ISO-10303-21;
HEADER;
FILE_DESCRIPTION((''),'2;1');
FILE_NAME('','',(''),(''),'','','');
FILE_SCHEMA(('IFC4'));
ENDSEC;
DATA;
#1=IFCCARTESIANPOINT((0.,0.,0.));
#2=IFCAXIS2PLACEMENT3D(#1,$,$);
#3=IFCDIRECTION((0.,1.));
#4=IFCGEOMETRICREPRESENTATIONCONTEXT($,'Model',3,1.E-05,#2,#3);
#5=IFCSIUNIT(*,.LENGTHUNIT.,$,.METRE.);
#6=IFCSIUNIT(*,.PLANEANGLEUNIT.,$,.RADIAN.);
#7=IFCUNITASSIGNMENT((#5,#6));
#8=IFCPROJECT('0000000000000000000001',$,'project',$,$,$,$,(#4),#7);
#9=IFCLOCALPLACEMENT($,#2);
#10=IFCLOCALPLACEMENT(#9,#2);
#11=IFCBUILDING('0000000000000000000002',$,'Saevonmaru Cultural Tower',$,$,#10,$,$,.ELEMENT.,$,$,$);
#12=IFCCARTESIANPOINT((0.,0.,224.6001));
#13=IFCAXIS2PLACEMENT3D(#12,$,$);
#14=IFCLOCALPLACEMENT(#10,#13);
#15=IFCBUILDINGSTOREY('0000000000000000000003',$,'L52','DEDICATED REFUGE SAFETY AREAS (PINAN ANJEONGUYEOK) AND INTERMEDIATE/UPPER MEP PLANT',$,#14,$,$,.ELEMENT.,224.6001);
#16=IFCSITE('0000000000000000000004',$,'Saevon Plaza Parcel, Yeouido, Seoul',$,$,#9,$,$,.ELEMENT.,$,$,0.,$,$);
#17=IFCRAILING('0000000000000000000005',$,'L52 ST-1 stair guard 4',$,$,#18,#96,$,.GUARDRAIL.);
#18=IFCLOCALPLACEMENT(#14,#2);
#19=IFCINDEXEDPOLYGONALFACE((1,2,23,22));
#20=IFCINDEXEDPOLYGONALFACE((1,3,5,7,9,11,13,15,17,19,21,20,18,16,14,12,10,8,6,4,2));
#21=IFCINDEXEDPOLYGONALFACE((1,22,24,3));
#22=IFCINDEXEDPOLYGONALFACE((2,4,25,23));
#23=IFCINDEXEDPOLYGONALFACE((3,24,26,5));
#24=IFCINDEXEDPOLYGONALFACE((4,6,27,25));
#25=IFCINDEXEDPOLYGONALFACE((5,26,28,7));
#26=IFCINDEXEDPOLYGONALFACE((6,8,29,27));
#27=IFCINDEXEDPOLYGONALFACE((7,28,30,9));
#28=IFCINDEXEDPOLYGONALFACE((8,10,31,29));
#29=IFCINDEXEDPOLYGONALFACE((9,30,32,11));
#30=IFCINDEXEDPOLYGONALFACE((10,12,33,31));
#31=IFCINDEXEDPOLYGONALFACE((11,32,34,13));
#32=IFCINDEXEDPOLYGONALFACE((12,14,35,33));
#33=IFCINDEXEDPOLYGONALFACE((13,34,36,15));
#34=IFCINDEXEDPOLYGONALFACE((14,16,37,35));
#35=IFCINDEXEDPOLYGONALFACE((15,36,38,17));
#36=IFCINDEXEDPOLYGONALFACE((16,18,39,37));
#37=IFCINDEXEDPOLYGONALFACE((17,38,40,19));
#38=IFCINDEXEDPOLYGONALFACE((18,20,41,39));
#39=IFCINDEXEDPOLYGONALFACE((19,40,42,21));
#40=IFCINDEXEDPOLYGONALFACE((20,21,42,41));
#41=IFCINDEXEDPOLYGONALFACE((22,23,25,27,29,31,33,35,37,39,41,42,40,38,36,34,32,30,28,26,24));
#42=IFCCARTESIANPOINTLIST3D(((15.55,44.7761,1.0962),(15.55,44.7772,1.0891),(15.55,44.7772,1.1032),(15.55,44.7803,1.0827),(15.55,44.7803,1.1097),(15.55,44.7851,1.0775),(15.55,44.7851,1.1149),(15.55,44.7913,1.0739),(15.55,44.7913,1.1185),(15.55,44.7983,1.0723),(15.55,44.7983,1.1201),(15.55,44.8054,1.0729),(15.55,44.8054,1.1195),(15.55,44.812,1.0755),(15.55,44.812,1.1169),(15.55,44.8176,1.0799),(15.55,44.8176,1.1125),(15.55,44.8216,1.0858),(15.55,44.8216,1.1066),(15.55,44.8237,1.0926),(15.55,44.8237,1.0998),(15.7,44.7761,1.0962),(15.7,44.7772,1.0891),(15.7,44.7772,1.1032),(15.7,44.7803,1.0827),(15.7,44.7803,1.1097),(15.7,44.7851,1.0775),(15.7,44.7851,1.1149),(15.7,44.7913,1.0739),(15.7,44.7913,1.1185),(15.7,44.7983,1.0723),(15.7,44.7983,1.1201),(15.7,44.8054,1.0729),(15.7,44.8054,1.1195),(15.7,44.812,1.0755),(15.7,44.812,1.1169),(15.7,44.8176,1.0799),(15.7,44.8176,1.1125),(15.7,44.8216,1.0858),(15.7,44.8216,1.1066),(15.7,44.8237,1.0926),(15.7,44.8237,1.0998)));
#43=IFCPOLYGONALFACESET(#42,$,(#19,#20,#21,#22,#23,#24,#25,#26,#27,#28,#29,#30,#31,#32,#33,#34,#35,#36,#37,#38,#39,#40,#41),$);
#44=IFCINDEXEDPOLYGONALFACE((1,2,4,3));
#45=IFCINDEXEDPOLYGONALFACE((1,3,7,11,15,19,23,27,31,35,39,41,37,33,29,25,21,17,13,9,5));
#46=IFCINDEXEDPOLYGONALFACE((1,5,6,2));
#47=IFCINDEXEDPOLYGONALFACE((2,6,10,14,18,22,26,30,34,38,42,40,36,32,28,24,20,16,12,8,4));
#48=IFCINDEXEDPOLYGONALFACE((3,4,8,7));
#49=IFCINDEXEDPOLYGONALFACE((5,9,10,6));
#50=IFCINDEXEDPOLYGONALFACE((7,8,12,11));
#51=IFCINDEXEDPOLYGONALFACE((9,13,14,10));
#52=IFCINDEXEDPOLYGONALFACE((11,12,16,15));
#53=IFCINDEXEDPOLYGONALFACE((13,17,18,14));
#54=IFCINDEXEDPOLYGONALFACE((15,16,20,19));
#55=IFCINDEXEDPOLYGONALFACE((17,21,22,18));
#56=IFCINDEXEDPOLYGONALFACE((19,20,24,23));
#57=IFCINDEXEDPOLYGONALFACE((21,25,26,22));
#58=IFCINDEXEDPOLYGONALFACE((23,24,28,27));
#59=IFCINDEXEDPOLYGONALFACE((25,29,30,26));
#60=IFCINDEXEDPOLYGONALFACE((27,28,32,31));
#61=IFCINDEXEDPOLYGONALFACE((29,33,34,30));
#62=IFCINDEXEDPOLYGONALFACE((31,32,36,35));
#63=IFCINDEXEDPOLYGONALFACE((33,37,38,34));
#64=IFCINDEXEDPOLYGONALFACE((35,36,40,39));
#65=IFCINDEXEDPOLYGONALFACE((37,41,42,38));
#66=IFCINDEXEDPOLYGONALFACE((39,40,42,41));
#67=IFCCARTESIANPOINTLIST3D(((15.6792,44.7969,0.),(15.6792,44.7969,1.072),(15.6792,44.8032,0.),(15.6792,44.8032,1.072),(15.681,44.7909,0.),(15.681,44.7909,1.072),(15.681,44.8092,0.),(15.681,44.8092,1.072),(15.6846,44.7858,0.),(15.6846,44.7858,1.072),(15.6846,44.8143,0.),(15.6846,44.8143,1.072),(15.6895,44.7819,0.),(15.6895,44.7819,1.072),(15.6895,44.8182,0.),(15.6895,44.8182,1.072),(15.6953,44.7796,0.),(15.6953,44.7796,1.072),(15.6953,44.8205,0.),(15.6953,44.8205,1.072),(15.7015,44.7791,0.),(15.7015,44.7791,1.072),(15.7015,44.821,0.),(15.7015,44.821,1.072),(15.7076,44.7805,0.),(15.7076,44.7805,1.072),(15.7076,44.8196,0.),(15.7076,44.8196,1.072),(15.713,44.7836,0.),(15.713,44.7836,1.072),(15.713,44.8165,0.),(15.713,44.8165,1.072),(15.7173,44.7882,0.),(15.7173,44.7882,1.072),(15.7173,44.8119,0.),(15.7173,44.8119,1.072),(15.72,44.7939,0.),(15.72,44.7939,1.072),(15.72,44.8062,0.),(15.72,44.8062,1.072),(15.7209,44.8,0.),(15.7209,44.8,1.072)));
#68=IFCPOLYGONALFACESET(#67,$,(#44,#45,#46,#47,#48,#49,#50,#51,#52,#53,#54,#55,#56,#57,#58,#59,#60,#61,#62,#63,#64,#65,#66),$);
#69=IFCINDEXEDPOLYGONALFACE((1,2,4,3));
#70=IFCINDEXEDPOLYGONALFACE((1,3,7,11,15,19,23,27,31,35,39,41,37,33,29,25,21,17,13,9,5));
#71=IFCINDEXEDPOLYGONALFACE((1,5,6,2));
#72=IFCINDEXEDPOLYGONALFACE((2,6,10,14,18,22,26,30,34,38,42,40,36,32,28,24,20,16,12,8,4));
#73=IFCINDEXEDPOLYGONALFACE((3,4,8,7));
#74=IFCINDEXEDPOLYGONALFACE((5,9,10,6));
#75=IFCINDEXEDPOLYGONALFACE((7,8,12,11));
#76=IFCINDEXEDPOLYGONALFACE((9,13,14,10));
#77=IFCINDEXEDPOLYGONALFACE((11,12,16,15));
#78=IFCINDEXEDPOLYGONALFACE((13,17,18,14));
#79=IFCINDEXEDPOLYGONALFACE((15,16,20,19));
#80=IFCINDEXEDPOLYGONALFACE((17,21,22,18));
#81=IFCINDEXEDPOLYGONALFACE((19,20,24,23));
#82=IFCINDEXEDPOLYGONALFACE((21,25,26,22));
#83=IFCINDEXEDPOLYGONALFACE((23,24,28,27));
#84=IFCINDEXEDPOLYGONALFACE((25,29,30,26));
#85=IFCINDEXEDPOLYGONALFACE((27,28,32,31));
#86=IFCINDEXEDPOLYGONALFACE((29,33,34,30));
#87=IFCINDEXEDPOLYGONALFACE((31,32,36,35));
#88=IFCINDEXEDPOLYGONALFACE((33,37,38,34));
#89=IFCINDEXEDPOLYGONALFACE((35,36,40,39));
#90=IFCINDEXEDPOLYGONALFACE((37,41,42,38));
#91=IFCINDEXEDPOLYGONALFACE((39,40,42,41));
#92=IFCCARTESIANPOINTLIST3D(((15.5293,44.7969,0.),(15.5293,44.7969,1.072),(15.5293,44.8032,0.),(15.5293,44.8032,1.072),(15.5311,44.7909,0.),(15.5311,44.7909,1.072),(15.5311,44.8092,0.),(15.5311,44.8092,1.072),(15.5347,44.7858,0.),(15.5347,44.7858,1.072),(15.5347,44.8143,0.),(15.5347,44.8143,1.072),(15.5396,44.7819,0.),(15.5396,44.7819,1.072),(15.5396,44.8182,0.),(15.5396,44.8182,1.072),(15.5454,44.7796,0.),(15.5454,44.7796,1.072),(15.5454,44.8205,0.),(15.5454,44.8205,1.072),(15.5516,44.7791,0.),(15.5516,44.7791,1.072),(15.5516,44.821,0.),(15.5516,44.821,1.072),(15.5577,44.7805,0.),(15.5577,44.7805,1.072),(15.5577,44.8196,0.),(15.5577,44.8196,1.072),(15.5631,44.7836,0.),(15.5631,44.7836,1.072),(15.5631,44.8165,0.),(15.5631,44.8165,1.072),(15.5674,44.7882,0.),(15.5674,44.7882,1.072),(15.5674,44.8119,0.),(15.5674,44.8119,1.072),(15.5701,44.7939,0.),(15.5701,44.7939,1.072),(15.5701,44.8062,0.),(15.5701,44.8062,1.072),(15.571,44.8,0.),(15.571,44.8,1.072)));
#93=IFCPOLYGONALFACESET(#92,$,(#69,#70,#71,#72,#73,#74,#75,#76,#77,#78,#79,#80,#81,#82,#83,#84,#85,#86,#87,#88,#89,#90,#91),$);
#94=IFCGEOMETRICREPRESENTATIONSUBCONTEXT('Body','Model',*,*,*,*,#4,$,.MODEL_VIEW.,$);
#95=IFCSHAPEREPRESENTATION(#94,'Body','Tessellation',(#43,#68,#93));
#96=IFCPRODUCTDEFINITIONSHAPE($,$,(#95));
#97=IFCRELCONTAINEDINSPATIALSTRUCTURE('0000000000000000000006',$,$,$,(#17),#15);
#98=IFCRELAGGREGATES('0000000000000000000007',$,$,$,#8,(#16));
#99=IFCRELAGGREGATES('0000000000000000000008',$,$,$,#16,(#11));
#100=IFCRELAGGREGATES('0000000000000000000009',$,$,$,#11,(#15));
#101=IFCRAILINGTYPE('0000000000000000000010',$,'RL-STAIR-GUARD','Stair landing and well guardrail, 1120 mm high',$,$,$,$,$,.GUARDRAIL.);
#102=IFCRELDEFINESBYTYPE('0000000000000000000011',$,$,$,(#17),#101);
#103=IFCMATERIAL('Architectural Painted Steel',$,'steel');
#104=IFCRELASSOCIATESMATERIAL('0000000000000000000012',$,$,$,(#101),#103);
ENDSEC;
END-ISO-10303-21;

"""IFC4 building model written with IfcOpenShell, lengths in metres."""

from ifc_helpers import new_model, si_unit, direction, frame, origin, origin_2d, place, context, subcontext, project, spatial, circle, extrude, material, type_object, element, save


model = new_model("IFC4")

# Units and contexts
model_context = context("Model", 3, precision=1e-05, world=origin(), true_north=direction((0.0, 1.0)))
body_context = subcontext(model_context, "Body", "Model", "MODEL_VIEW")
ifc_project = project(units=[si_unit("LENGTHUNIT", "METRE"), si_unit("PLANEANGLEUNIT", "RADIAN")], contexts=[model_context])

# Site, building, storey
site_placement = place(None, origin())
site = spatial("IfcSite", under=ifc_project, at=site_placement, Name="Saevon Plaza Parcel, Yeouido, Seoul", CompositionType="ELEMENT", RefElevation=0.0)
building_placement = place(site_placement, origin())
building = spatial("IfcBuilding", under=site, at=building_placement, Name="Saevonmaru Cultural Tower", CompositionType="ELEMENT")
storey_placement = place(building_placement, frame((0.0, 0.0, 224.6001)))
storey = spatial("IfcBuildingStorey", under=building, at=storey_placement, Name="L52", Description="DEDICATED REFUGE SAFETY AREAS (PINAN ANJEONGUYEOK) AND INTERMEDIATE/UPPER MEP PLANT", CompositionType="ELEMENT", Elevation=224.6001)

# Railing
ifc_material_1 = material(Name="Architectural Painted Steel", Category="steel")
railing_type_1 = type_object("IfcRailingType", Name="RL-STAIR-GUARD", Description="Stair landing and well guardrail, 1120 mm high", PredefinedType="GUARDRAIL", material=ifc_material_1)
railing_1_placement = place(storey_placement, frame((15.7, 44.8, 0.0)))
element("IfcRailing", 1, at=railing_1_placement, inside=storey, type_object=railing_type_1, Name="L52 ST-1 stair guard 4", PredefinedType="GUARDRAIL", context=body_context, shape_type="SweptSolid", body=[
    extrude(circle(Radius=0.0239, at=origin_2d()), frame((0.0, 0.0, 1.0962), z_axis=(-1.0, 0.0, 0.0), x_axis=(0.0, -1.0, 0.0)), (0.0, 0.0, 1.0), 0.1499),
    extrude(circle(Radius=0.021, at=origin_2d()), origin(), (0.0, 0.0, 1.0), 1.072),
    extrude(circle(Radius=0.021, at=origin_2d()), frame((-0.1499, 0.0, 0.0)), (0.0, 0.0, 1.0), 1.072),
])

save(model, "model.ifc")
